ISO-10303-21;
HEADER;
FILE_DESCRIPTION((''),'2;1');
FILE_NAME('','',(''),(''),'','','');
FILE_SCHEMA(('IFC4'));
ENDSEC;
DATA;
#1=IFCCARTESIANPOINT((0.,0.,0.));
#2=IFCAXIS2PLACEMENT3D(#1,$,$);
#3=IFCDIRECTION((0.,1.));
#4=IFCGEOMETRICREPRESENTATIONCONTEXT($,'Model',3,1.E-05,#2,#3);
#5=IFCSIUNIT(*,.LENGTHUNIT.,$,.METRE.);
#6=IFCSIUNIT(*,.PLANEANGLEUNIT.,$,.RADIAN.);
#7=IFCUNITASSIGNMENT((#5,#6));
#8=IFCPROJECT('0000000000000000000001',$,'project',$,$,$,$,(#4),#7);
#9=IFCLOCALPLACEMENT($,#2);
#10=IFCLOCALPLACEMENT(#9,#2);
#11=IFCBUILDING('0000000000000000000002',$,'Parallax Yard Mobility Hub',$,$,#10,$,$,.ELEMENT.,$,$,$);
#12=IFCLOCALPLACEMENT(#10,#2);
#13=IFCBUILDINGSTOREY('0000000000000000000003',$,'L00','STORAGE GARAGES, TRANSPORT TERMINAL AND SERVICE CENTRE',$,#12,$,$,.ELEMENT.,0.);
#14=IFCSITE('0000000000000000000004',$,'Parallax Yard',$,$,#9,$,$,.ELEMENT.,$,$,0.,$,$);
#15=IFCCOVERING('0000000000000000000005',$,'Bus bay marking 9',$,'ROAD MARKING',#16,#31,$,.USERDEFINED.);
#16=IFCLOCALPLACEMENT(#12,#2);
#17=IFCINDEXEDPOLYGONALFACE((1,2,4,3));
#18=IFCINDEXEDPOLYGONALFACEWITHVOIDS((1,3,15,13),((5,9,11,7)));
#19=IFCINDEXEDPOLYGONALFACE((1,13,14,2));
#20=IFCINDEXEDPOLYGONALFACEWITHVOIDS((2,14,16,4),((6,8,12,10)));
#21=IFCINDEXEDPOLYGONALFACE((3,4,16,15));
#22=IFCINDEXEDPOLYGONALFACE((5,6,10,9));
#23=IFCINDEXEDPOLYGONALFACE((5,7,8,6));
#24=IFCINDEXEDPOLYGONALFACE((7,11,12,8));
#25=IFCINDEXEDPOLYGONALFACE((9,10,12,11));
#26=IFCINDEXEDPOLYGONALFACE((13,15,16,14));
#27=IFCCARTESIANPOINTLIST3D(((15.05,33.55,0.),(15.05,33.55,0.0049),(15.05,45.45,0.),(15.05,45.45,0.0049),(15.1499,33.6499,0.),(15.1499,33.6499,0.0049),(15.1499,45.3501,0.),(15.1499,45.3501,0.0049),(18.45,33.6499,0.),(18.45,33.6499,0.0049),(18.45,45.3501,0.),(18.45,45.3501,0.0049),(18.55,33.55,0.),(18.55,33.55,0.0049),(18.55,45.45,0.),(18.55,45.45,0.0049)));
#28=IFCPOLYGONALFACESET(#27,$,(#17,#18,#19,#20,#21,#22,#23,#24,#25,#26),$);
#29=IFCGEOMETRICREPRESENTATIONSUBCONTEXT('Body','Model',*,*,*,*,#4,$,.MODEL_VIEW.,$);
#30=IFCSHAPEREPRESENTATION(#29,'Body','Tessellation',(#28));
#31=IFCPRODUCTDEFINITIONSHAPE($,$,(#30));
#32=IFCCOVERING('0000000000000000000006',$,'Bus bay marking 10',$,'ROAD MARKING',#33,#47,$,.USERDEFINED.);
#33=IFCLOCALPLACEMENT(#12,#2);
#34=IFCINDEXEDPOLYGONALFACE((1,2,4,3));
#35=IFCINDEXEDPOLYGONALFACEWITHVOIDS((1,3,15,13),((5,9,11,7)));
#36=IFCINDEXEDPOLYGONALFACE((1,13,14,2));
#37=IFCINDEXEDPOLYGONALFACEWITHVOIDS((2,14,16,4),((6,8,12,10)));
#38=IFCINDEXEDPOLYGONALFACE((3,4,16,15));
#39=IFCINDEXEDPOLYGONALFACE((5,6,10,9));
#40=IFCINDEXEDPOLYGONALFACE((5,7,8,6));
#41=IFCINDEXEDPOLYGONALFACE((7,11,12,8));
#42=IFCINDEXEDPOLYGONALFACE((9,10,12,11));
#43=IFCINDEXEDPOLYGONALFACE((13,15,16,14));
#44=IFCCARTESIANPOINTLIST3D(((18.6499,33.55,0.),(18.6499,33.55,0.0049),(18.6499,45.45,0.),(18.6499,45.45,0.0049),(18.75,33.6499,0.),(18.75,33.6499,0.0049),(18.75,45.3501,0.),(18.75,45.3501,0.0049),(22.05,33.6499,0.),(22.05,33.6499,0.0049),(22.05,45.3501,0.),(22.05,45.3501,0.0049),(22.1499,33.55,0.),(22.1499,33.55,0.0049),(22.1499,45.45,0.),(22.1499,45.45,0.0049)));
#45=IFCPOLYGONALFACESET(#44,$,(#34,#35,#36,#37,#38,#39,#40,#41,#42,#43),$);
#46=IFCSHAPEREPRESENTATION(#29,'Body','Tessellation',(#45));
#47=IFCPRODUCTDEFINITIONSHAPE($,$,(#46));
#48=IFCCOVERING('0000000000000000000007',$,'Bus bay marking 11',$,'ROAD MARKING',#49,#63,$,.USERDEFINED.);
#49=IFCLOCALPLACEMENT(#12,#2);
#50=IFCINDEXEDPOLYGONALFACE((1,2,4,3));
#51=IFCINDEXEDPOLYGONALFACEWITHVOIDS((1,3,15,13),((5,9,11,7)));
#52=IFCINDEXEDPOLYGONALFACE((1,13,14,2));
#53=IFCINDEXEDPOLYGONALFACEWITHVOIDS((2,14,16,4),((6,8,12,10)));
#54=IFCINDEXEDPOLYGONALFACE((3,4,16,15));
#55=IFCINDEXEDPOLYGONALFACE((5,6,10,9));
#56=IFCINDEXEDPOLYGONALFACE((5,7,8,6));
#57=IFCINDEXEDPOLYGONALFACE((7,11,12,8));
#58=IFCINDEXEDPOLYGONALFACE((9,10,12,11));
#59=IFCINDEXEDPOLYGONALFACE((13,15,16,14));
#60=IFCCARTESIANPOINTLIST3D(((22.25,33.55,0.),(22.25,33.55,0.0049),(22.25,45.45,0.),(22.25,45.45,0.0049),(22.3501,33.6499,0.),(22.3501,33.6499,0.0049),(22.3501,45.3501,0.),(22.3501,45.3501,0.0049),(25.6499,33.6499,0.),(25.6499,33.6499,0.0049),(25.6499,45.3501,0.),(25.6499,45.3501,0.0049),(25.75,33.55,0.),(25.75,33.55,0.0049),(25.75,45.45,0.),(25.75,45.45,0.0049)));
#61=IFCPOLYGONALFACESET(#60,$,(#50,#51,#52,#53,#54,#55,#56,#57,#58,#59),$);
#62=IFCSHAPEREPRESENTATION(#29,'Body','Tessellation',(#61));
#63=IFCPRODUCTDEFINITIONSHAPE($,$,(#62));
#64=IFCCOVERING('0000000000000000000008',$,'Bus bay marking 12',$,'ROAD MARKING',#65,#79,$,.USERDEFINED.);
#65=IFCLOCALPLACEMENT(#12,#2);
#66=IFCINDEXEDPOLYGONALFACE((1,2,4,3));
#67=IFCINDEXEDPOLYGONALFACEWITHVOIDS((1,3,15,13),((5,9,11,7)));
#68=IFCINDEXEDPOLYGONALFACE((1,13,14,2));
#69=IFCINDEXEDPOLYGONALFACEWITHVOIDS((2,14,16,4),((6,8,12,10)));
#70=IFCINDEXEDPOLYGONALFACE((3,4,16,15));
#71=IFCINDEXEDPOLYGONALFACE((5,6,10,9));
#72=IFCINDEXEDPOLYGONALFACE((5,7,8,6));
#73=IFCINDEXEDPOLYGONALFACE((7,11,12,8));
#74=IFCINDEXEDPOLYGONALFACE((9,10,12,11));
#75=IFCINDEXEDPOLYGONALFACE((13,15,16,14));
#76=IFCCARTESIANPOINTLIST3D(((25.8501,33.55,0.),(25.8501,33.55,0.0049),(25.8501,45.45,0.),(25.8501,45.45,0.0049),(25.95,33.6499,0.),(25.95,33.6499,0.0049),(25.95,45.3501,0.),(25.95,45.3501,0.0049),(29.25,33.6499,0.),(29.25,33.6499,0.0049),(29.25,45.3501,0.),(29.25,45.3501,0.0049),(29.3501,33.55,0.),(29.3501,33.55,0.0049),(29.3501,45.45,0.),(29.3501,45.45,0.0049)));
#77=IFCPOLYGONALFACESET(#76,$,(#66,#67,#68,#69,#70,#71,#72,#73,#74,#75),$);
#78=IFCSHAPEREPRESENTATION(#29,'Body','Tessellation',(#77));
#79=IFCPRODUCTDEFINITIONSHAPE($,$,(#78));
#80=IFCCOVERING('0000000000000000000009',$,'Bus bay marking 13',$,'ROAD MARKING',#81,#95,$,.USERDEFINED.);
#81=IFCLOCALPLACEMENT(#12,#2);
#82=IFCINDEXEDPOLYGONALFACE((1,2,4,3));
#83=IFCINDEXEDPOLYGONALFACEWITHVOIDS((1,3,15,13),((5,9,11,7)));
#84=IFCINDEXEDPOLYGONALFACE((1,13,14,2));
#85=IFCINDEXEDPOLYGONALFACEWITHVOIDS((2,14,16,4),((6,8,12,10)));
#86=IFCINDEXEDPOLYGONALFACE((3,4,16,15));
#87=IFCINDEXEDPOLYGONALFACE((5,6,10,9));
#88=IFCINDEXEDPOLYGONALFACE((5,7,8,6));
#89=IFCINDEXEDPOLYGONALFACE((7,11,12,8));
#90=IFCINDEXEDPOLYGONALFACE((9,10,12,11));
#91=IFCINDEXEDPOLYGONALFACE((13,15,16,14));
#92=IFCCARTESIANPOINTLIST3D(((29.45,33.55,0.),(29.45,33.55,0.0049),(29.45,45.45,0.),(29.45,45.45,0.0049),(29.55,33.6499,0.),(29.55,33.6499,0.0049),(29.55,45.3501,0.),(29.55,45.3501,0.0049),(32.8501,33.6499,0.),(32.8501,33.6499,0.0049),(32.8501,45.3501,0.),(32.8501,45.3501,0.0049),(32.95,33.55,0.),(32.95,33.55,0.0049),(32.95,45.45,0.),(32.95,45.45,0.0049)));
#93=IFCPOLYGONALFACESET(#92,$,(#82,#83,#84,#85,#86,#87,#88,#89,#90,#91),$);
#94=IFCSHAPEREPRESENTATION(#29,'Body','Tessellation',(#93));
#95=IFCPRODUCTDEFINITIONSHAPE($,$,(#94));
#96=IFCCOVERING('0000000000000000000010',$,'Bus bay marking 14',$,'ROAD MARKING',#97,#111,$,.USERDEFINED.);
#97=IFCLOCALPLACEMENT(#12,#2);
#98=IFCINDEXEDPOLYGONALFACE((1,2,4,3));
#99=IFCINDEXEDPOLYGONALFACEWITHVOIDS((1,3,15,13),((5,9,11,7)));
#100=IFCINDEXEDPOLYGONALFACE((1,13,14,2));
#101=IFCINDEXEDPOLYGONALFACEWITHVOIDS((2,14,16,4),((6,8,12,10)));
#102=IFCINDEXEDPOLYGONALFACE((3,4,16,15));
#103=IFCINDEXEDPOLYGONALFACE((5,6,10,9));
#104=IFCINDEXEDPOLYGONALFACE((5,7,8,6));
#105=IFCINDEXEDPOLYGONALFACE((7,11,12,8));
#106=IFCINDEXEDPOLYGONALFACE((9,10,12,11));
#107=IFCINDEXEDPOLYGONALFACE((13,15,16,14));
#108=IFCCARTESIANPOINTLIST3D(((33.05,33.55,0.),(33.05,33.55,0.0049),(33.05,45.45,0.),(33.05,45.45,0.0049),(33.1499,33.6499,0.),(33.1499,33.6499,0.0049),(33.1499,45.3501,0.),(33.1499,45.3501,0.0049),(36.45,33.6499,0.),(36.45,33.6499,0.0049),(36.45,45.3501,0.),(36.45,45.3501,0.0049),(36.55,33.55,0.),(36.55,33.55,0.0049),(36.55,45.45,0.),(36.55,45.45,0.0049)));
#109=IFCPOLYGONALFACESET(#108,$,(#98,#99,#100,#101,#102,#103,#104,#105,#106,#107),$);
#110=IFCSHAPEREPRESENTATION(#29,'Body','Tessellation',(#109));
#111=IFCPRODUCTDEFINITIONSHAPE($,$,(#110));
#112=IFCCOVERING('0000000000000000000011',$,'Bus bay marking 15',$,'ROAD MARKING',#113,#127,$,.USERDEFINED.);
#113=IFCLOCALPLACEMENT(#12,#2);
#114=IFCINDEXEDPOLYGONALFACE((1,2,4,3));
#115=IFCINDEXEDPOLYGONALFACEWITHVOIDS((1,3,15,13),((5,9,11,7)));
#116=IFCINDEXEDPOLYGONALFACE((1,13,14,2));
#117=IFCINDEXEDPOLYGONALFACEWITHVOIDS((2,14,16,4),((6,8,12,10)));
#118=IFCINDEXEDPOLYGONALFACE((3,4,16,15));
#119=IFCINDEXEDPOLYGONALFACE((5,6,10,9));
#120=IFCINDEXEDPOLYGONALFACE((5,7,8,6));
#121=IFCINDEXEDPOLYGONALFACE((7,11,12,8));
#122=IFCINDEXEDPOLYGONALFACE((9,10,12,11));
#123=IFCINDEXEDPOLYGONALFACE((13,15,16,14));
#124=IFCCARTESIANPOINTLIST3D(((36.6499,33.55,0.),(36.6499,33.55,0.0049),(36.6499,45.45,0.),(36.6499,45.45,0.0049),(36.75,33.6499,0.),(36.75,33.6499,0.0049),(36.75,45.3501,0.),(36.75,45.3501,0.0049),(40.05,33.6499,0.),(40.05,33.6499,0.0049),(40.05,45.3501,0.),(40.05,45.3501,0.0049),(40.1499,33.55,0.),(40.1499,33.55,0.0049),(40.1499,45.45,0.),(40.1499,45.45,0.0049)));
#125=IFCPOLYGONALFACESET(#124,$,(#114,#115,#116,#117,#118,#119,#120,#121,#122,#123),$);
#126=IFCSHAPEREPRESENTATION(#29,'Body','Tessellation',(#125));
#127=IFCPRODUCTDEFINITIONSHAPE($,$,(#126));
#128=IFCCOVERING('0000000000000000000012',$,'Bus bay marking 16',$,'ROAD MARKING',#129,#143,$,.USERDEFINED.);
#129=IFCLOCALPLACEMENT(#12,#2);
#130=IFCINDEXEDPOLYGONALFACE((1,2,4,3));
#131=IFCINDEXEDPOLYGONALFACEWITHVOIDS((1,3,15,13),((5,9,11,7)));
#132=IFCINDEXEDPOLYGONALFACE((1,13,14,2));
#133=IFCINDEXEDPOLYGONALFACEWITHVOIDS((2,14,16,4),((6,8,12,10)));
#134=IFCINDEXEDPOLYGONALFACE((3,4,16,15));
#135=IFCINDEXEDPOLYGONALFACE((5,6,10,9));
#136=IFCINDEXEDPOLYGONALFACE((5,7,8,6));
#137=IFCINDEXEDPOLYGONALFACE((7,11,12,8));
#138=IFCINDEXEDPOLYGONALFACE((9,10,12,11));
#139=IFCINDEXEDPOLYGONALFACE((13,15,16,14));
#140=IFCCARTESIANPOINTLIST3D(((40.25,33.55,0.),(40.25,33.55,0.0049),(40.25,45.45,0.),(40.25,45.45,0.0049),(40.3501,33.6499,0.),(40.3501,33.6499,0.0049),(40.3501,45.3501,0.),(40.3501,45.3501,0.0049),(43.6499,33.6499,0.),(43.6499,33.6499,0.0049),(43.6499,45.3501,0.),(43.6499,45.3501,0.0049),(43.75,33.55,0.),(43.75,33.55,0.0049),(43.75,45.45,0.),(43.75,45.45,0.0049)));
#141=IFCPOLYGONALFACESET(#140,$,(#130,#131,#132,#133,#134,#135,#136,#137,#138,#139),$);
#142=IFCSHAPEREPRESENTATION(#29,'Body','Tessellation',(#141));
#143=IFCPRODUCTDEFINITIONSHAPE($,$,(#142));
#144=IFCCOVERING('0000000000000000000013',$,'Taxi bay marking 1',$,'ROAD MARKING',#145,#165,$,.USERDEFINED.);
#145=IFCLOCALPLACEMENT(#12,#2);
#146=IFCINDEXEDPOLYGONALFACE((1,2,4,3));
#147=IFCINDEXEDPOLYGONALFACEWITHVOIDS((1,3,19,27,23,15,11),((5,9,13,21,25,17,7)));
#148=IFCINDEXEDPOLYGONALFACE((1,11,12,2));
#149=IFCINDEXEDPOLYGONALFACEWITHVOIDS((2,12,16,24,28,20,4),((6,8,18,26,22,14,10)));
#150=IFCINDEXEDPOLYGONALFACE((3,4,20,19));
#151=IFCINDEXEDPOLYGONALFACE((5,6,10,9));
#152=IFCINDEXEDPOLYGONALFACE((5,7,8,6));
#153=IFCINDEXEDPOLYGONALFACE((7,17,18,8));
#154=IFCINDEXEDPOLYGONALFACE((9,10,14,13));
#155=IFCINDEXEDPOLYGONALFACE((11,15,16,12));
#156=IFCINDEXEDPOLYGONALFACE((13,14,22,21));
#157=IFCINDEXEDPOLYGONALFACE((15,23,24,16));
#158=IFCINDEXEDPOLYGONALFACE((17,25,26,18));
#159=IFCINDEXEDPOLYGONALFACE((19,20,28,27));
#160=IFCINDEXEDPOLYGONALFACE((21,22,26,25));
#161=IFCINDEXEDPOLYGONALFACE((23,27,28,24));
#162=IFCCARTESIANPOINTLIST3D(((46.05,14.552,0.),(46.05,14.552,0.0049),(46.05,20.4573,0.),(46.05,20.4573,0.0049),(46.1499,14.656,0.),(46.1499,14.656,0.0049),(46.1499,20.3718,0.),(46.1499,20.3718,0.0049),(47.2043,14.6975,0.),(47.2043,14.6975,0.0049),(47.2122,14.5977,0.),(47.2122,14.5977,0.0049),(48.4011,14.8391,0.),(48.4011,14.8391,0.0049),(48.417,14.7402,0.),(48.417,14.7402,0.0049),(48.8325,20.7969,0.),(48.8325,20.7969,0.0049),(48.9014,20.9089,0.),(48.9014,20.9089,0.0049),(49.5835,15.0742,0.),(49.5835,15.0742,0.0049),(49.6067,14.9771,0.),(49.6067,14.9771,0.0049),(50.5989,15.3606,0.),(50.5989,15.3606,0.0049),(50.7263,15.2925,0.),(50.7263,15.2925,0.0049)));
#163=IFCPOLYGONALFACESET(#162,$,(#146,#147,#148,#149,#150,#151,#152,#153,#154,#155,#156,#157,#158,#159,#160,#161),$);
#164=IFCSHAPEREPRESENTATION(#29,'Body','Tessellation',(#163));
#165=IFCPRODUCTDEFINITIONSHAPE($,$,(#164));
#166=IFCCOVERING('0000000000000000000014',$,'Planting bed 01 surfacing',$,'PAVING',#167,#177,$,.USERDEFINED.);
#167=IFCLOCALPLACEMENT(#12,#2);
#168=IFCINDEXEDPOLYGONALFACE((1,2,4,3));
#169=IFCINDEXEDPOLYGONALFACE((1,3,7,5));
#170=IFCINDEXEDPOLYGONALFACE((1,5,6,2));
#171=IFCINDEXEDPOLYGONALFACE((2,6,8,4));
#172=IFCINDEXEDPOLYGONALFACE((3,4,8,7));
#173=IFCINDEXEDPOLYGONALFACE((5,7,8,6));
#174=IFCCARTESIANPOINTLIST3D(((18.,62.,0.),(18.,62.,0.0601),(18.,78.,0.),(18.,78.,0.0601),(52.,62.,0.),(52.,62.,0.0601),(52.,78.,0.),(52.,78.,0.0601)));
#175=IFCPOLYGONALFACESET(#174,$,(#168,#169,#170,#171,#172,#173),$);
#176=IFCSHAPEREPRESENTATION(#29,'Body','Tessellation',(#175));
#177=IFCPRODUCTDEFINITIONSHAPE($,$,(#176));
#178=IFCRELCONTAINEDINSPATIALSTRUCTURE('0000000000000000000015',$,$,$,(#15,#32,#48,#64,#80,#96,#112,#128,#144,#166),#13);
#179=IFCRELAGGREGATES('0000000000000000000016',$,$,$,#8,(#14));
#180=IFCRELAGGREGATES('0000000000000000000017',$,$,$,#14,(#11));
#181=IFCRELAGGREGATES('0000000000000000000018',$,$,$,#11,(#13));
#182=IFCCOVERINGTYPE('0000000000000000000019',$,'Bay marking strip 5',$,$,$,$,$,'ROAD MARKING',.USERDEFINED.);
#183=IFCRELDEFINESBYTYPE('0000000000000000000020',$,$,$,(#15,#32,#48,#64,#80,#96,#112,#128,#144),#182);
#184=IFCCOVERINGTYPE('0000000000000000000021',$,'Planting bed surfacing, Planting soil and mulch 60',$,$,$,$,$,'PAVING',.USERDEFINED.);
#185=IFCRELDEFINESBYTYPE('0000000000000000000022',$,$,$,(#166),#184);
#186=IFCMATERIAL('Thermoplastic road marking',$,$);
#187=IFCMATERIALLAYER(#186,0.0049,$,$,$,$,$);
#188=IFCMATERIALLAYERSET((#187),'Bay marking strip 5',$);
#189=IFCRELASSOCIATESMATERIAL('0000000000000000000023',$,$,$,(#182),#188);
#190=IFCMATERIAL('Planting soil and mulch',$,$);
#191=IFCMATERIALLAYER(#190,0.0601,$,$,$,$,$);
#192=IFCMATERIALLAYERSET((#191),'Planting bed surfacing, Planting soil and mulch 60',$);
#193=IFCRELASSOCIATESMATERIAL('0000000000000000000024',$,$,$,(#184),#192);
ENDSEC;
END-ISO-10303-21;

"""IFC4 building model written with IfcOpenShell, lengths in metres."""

from ifc_helpers import new_model, si_unit, direction, origin, place, context, subcontext, project, spatial, polyline, outline, extrude, material, layer, layer_set, type_object, element, save


model = new_model("IFC4")

# Units and contexts
model_context = context("Model", 3, precision=1e-05, world=origin(), true_north=direction((0.0, 1.0)))
body_context = subcontext(model_context, "Body", "Model", "MODEL_VIEW")
ifc_project = project(units=[si_unit("LENGTHUNIT", "METRE"), si_unit("PLANEANGLEUNIT", "RADIAN")], contexts=[model_context])

# Site, building, storey
site_placement = place(None, origin())
site = spatial("IfcSite", under=ifc_project, at=site_placement, Name="Parallax Yard", CompositionType="ELEMENT", RefElevation=0.0)
building_placement = place(site_placement, origin())
building = spatial("IfcBuilding", under=site, at=building_placement, Name="Parallax Yard Mobility Hub", CompositionType="ELEMENT")
storey_placement = place(building_placement, origin())
storey = spatial("IfcBuildingStorey", under=building, at=storey_placement, Name="L00", Description="STORAGE GARAGES, TRANSPORT TERMINAL AND SERVICE CENTRE", CompositionType="ELEMENT", Elevation=0.0)

# Coverings
ifc_material_1 = material(Name="Thermoplastic road marking")
ifc_layer_1 = layer(ifc_material_1, 0.0049)
ifc_layer_set_1 = layer_set([ifc_layer_1], Name="Bay marking strip 5")
covering_type_1 = type_object("IfcCoveringType", Name="Bay marking strip 5", ElementType="ROAD MARKING", PredefinedType="USERDEFINED", material=ifc_layer_set_1)
covering_1_placement = place(storey_placement, origin())
element("IfcCovering", 1, at=covering_1_placement, inside=storey, type_object=covering_type_1, Name="Bus bay marking 9", ObjectType="ROAD MARKING", PredefinedType="USERDEFINED", context=body_context, shape_type="SweptSolid", body=[
    extrude(outline(polyline([(15.05, 33.55), (15.05, 45.45), (18.55, 45.45), (18.55, 33.55), (15.05, 33.55)]), holes=[polyline([(15.1499, 33.6499), (15.1499, 45.3501), (18.45, 45.3501), (18.45, 33.6499), (15.1499, 33.6499)])]), origin(), (0.0, 0.0, 1.0), 0.0049),
])
covering_2_placement = place(storey_placement, origin())
element("IfcCovering", 2, at=covering_2_placement, inside=storey, type_object=covering_type_1, Name="Bus bay marking 10", ObjectType="ROAD MARKING", PredefinedType="USERDEFINED", context=body_context, shape_type="SweptSolid", body=[
    extrude(outline(polyline([(18.6499, 33.55), (18.6499, 45.45), (22.1499, 45.45), (22.1499, 33.55), (18.6499, 33.55)]), holes=[polyline([(18.75, 33.6499), (18.75, 45.3501), (22.05, 45.3501), (22.05, 33.6499), (18.75, 33.6499)])]), origin(), (0.0, 0.0, 1.0), 0.0049),
])
covering_3_placement = place(storey_placement, origin())
element("IfcCovering", 3, at=covering_3_placement, inside=storey, type_object=covering_type_1, Name="Bus bay marking 11", ObjectType="ROAD MARKING", PredefinedType="USERDEFINED", context=body_context, shape_type="SweptSolid", body=[
    extrude(outline(polyline([(22.25, 33.55), (22.25, 45.45), (25.75, 45.45), (25.75, 33.55), (22.25, 33.55)]), holes=[polyline([(22.3501, 33.6499), (22.3501, 45.3501), (25.6499, 45.3501), (25.6499, 33.6499), (22.3501, 33.6499)])]), origin(), (0.0, 0.0, 1.0), 0.0049),
])
covering_4_placement = place(storey_placement, origin())
element("IfcCovering", 4, at=covering_4_placement, inside=storey, type_object=covering_type_1, Name="Bus bay marking 12", ObjectType="ROAD MARKING", PredefinedType="USERDEFINED", context=body_context, shape_type="SweptSolid", body=[
    extrude(outline(polyline([(25.8501, 33.55), (25.8501, 45.45), (29.3501, 45.45), (29.3501, 33.55), (25.8501, 33.55)]), holes=[polyline([(25.95, 33.6499), (25.95, 45.3501), (29.25, 45.3501), (29.25, 33.6499), (25.95, 33.6499)])]), origin(), (0.0, 0.0, 1.0), 0.0049),
])
covering_5_placement = place(storey_placement, origin())
element("IfcCovering", 5, at=covering_5_placement, inside=storey, type_object=covering_type_1, Name="Bus bay marking 13", ObjectType="ROAD MARKING", PredefinedType="USERDEFINED", context=body_context, shape_type="SweptSolid", body=[
    extrude(outline(polyline([(29.45, 33.55), (29.45, 45.45), (32.95, 45.45), (32.95, 33.55), (29.45, 33.55)]), holes=[polyline([(29.55, 33.6499), (29.55, 45.3501), (32.8501, 45.3501), (32.8501, 33.6499), (29.55, 33.6499)])]), origin(), (0.0, 0.0, 1.0), 0.0049),
])
covering_6_placement = place(storey_placement, origin())
element("IfcCovering", 6, at=covering_6_placement, inside=storey, type_object=covering_type_1, Name="Bus bay marking 14", ObjectType="ROAD MARKING", PredefinedType="USERDEFINED", context=body_context, shape_type="SweptSolid", body=[
    extrude(outline(polyline([(33.05, 33.55), (33.05, 45.45), (36.55, 45.45), (36.55, 33.55), (33.05, 33.55)]), holes=[polyline([(33.1499, 33.6499), (33.1499, 45.3501), (36.45, 45.3501), (36.45, 33.6499), (33.1499, 33.6499)])]), origin(), (0.0, 0.0, 1.0), 0.0049),
])
covering_7_placement = place(storey_placement, origin())
element("IfcCovering", 7, at=covering_7_placement, inside=storey, type_object=covering_type_1, Name="Bus bay marking 15", ObjectType="ROAD MARKING", PredefinedType="USERDEFINED", context=body_context, shape_type="SweptSolid", body=[
    extrude(outline(polyline([(36.6499, 33.55), (36.6499, 45.45), (40.1499, 45.45), (40.1499, 33.55), (36.6499, 33.55)]), holes=[polyline([(36.75, 33.6499), (36.75, 45.3501), (40.05, 45.3501), (40.05, 33.6499), (36.75, 33.6499)])]), origin(), (0.0, 0.0, 1.0), 0.0049),
])
covering_8_placement = place(storey_placement, origin())
element("IfcCovering", 8, at=covering_8_placement, inside=storey, type_object=covering_type_1, Name="Bus bay marking 16", ObjectType="ROAD MARKING", PredefinedType="USERDEFINED", context=body_context, shape_type="SweptSolid", body=[
    extrude(outline(polyline([(40.25, 33.55), (40.25, 45.45), (43.75, 45.45), (43.75, 33.55), (40.25, 33.55)]), holes=[polyline([(40.3501, 33.6499), (40.3501, 45.3501), (43.6499, 45.3501), (43.6499, 33.6499), (40.3501, 33.6499)])]), origin(), (0.0, 0.0, 1.0), 0.0049),
])
covering_9_placement = place(storey_placement, origin())
element("IfcCovering", 9, at=covering_9_placement, inside=storey, type_object=covering_type_1, Name="Taxi bay marking 1", ObjectType="ROAD MARKING", PredefinedType="USERDEFINED", context=body_context, shape_type="SweptSolid", body=[
    extrude(outline(polyline([(46.05, 20.4573), (48.9014, 20.9089), (50.7263, 15.2925), (49.6067, 14.9771), (48.417, 14.7402), (47.2122, 14.5977), (46.05, 14.552), (46.05, 20.4573)]), holes=[polyline([(46.1499, 20.3718), (48.8325, 20.7969), (50.5989, 15.3606), (49.5835, 15.0742), (48.4011, 14.8391), (47.2043, 14.6975), (46.1499, 14.656), (46.1499, 20.3718)])]), origin(), (0.0, 0.0, 1.0), 0.0049),
])
ifc_material_2 = material(Name="Planting soil and mulch")
ifc_layer_2 = layer(ifc_material_2, 0.0601)
ifc_layer_set_2 = layer_set([ifc_layer_2], Name="Planting bed surfacing, Planting soil and mulch 60")
covering_type_2 = type_object("IfcCoveringType", Name="Planting bed surfacing, Planting soil and mulch 60", ElementType="PAVING", PredefinedType="USERDEFINED", material=ifc_layer_set_2)
covering_10_placement = place(storey_placement, origin())
element("IfcCovering", 10, at=covering_10_placement, inside=storey, type_object=covering_type_2, Name="Planting bed 01 surfacing", ObjectType="PAVING", PredefinedType="USERDEFINED", context=body_context, shape_type="SweptSolid", body=[
    extrude(outline(polyline([(18.0, 62.0), (52.0, 62.0), (52.0, 78.0), (18.0, 78.0), (18.0, 62.0)])), origin(), (0.0, 0.0, 1.0), 0.0601),
])

save(model, "model.ifc")
